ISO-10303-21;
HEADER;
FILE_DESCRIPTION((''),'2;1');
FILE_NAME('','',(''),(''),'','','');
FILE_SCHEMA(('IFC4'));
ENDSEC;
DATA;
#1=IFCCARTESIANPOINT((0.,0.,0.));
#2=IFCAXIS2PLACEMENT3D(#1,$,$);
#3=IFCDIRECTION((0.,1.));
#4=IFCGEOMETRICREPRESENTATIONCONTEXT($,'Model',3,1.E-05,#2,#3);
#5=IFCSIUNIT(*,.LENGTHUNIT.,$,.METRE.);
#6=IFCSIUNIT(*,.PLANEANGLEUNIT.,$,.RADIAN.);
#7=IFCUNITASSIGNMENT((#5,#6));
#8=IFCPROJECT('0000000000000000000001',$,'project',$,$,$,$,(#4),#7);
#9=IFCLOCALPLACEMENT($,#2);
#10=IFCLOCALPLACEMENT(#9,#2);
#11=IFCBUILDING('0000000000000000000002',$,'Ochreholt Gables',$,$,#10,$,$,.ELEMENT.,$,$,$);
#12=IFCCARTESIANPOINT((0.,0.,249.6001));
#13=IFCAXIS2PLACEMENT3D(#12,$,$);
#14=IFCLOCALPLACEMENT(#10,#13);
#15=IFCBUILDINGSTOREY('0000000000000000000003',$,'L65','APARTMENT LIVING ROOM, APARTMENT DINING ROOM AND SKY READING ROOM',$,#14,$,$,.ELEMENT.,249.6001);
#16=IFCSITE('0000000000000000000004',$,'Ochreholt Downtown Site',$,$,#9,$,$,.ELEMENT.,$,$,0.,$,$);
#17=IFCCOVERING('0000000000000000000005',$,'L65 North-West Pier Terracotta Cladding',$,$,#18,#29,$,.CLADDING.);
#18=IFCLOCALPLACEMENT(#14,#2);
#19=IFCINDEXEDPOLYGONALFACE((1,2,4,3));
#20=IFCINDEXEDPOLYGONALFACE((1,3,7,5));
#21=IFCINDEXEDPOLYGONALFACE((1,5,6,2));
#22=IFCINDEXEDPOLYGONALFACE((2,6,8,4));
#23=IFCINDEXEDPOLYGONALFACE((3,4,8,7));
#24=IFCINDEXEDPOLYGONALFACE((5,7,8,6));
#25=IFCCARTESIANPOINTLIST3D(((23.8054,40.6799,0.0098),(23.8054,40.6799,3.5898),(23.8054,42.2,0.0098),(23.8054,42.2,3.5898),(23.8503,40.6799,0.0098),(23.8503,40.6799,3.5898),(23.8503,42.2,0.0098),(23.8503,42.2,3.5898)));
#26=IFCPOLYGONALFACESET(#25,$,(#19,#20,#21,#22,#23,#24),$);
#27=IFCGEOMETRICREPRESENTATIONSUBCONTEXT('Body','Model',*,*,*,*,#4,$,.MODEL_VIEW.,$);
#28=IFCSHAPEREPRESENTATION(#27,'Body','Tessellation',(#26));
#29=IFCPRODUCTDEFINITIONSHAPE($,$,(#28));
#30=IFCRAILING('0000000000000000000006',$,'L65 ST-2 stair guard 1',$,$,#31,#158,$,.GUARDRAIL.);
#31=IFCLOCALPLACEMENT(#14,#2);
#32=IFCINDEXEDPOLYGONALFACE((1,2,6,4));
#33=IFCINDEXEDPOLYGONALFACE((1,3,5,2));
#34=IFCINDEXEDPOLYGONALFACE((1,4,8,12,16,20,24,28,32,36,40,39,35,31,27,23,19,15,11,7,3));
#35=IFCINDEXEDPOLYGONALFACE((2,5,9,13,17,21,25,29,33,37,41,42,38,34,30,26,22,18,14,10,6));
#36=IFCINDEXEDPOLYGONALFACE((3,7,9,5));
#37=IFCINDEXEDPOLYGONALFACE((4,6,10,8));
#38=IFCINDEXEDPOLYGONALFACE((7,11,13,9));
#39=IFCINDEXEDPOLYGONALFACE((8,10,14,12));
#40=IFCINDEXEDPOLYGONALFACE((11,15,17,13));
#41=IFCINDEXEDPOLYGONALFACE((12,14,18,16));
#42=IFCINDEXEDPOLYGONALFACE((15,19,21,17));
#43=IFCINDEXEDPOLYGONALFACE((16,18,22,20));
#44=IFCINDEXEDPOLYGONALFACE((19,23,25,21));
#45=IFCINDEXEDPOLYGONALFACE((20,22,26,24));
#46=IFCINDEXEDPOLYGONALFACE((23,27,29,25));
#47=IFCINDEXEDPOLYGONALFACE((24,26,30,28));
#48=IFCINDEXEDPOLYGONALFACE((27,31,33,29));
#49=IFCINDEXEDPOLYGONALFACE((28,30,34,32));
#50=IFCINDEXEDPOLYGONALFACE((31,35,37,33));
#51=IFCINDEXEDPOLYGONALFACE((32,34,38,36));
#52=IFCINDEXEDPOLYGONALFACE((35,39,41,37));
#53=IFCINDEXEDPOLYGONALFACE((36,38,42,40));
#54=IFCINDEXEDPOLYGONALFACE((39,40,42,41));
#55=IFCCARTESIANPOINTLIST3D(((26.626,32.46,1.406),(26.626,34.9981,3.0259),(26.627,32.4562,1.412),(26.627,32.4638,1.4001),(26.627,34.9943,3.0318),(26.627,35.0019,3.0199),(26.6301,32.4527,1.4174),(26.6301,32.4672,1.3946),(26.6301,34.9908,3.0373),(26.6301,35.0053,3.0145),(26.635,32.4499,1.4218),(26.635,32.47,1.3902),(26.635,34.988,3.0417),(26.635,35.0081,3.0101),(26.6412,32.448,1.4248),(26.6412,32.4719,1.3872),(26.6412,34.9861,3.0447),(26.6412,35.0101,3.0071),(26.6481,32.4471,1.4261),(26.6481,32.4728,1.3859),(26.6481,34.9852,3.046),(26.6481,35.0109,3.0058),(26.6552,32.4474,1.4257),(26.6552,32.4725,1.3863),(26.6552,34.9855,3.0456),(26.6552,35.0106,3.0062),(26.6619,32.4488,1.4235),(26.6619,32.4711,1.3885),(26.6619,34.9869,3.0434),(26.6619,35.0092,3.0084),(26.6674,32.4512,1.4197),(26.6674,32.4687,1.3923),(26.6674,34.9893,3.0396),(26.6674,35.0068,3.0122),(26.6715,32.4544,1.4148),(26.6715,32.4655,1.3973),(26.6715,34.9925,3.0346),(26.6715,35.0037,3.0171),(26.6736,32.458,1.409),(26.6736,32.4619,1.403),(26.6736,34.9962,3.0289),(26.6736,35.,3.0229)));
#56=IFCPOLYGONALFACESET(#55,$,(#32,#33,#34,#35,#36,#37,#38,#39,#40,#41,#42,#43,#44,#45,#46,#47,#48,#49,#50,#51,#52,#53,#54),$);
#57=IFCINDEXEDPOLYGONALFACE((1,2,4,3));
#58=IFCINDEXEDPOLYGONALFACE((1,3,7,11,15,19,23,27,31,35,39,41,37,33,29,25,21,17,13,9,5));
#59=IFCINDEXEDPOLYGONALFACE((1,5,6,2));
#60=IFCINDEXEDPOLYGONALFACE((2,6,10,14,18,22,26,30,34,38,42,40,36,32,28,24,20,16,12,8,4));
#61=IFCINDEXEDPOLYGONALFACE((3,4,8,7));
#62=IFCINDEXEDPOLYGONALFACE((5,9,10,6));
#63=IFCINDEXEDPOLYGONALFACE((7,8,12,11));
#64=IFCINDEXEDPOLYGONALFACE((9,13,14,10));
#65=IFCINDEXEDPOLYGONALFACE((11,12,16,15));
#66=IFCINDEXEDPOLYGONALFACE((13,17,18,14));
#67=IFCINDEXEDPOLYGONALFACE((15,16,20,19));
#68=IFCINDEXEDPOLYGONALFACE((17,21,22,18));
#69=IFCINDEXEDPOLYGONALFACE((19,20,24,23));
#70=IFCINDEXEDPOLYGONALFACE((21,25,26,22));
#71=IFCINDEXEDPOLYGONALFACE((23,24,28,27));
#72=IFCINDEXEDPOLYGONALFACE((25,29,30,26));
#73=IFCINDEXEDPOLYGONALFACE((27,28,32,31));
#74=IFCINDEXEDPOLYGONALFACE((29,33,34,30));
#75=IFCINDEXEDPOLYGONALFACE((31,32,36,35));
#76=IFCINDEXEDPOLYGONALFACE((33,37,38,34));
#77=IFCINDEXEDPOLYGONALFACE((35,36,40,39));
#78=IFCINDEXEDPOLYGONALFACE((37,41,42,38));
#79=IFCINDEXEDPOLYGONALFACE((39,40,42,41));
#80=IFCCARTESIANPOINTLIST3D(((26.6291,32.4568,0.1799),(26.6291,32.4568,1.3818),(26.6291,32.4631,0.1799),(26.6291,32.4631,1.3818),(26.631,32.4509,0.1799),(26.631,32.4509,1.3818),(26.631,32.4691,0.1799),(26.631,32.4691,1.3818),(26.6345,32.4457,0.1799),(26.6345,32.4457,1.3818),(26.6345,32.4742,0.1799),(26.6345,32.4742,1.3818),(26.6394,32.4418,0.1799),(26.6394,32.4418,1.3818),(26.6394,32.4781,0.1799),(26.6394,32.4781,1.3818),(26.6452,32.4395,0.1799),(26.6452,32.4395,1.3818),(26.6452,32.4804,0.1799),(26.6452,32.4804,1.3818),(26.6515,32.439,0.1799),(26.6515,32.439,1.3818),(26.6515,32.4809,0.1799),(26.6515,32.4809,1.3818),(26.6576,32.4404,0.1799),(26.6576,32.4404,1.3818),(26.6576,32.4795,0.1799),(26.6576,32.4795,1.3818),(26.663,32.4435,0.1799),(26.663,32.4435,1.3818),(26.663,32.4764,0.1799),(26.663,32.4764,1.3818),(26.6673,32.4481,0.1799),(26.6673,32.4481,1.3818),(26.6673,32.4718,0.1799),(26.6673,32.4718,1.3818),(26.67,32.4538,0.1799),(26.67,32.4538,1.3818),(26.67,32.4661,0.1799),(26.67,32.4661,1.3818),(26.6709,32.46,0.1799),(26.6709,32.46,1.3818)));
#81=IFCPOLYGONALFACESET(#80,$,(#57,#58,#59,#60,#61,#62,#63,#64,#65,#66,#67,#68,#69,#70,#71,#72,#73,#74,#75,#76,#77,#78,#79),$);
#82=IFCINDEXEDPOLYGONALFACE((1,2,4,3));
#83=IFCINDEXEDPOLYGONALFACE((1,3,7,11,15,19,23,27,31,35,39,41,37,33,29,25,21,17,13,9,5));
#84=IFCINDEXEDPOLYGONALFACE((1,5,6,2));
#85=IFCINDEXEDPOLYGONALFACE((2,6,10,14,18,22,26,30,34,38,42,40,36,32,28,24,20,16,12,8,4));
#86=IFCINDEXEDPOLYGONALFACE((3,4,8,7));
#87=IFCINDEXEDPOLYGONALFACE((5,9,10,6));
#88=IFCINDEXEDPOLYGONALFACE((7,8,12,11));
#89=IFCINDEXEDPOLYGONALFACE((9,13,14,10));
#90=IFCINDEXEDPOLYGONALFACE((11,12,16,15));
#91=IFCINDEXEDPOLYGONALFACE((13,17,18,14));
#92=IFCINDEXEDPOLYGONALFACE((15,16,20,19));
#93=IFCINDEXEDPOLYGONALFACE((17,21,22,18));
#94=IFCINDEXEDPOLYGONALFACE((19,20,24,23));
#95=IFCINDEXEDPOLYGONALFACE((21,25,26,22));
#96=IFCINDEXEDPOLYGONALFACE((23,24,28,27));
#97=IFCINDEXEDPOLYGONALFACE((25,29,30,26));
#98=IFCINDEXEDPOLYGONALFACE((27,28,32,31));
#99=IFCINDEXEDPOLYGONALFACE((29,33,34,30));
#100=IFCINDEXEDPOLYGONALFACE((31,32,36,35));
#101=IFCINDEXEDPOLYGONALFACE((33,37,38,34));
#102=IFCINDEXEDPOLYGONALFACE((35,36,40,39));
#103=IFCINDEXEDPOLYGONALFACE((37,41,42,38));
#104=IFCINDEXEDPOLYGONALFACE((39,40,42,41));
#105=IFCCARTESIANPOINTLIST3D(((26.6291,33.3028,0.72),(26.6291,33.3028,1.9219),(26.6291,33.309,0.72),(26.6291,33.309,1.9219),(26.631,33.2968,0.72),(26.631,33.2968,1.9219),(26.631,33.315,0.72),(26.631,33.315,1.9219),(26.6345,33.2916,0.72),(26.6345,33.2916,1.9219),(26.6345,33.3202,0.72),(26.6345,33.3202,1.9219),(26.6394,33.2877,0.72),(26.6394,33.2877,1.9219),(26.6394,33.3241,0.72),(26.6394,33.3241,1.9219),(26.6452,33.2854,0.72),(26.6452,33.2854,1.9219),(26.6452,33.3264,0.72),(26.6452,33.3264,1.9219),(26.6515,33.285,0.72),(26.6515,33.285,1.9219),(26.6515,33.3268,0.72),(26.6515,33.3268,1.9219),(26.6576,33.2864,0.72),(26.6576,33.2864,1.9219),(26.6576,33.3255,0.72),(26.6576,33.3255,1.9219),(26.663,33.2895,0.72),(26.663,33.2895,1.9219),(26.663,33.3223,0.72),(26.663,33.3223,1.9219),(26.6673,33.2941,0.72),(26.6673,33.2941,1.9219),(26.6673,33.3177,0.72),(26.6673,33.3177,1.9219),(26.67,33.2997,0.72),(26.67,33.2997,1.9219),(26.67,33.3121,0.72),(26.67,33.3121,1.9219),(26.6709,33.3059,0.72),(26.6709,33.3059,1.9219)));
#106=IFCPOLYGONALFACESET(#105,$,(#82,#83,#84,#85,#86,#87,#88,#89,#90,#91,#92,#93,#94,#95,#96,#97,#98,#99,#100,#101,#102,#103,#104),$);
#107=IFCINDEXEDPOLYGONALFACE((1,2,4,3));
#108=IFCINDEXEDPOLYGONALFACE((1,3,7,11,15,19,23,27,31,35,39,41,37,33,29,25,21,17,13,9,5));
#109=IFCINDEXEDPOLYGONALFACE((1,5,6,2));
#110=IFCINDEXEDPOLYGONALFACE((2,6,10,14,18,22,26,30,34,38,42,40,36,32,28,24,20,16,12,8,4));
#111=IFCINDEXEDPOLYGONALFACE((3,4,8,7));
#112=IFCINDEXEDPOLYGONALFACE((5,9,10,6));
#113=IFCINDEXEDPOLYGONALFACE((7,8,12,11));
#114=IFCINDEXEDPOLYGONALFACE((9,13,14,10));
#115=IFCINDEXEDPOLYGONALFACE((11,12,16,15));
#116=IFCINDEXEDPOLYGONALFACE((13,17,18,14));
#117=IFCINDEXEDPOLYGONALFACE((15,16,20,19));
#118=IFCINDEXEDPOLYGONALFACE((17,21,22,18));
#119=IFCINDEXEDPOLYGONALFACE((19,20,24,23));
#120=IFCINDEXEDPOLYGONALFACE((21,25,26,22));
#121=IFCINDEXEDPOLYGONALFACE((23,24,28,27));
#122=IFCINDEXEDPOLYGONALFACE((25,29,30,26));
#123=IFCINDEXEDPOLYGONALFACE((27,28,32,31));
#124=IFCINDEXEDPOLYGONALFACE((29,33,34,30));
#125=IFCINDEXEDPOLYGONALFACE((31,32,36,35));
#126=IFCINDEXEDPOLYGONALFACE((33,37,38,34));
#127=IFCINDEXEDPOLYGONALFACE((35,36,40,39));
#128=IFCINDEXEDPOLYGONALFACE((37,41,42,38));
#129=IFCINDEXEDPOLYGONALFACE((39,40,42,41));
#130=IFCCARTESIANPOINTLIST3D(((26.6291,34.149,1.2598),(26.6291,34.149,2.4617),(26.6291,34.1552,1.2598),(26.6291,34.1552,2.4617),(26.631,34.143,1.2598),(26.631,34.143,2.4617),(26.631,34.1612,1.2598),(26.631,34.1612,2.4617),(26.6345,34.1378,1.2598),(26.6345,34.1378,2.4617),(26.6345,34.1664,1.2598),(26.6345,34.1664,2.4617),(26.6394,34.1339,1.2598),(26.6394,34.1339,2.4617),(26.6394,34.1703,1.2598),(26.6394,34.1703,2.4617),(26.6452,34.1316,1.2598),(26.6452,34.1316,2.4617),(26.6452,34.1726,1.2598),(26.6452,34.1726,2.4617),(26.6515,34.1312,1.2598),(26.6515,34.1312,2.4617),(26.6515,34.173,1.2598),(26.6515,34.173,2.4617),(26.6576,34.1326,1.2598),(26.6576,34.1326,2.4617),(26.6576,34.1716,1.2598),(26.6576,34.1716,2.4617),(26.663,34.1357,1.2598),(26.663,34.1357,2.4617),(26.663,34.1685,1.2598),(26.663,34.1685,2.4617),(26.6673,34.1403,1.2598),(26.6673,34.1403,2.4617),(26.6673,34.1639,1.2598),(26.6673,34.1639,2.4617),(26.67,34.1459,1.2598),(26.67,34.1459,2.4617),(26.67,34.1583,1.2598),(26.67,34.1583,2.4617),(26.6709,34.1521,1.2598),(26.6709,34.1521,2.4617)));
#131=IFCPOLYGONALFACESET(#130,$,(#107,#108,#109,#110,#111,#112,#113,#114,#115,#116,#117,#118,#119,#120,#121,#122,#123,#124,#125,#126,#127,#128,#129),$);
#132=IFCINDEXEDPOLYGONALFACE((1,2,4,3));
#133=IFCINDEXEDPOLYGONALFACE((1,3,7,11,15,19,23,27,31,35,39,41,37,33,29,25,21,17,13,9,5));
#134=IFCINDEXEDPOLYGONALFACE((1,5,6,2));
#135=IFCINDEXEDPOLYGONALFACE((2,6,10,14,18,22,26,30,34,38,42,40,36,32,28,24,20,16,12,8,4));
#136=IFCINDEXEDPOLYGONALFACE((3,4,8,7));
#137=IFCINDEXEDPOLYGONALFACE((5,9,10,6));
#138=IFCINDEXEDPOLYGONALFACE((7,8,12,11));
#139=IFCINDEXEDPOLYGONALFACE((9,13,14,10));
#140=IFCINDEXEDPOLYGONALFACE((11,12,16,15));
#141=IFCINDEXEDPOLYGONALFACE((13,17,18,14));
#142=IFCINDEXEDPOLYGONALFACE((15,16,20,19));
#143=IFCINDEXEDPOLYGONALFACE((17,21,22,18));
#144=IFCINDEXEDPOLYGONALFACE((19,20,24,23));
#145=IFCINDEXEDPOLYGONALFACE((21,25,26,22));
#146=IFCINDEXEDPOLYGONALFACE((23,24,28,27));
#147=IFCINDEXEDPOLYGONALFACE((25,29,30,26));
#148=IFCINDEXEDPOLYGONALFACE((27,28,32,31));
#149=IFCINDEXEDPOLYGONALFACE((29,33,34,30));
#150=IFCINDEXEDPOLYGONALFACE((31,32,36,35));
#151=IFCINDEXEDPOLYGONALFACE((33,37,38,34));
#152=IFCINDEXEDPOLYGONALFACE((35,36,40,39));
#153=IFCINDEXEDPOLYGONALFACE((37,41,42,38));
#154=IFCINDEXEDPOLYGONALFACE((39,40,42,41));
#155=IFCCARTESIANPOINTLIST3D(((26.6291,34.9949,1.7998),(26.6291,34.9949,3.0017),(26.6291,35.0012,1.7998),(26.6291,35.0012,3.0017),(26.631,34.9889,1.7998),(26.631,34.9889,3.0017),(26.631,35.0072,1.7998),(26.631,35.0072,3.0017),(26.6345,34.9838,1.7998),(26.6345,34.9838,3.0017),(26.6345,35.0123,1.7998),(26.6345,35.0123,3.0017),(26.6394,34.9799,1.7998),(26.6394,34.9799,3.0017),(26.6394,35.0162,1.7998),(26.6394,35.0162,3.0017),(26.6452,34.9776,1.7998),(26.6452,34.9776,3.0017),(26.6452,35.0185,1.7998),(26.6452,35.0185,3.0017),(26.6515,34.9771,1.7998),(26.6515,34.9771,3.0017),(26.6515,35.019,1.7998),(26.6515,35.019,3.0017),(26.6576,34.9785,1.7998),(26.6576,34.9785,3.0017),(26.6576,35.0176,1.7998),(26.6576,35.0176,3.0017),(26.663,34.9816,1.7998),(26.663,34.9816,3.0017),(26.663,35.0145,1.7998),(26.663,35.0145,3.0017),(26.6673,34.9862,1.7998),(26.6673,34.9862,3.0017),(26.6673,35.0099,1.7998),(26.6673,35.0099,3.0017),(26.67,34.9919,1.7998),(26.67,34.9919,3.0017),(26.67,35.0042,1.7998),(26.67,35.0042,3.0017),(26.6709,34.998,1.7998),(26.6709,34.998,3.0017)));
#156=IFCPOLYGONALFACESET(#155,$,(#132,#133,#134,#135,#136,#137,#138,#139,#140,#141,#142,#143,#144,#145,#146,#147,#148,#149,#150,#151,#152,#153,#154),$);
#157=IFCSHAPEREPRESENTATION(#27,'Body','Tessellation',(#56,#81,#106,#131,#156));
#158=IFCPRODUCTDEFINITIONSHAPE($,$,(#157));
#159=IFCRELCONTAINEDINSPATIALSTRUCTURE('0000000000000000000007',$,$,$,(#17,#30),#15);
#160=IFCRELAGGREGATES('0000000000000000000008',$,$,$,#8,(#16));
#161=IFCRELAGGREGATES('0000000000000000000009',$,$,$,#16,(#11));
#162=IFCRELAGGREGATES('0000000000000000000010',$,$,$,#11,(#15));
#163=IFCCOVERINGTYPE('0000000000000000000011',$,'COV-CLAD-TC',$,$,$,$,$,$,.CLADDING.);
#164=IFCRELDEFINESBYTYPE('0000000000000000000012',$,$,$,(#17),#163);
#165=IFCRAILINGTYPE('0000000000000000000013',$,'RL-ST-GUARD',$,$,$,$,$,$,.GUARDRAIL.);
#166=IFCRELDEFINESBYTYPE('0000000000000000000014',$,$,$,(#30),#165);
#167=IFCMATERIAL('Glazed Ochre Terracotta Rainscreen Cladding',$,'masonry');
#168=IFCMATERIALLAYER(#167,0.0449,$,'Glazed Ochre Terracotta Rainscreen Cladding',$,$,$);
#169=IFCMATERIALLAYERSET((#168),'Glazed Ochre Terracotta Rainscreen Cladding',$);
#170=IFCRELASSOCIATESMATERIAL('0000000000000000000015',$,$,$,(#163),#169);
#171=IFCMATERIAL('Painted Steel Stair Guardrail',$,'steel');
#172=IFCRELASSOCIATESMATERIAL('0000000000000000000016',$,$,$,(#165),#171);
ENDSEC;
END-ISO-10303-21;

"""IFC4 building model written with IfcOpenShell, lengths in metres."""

from ifc_helpers import new_model, si_unit, direction, frame, origin, origin_2d, place, context, subcontext, project, spatial, rectangle, circle, extrude, material, layer, layer_set, type_object, element, save


model = new_model("IFC4")

# Units and contexts
model_context = context("Model", 3, precision=1e-05, world=origin(), true_north=direction((0.0, 1.0)))
body_context = subcontext(model_context, "Body", "Model", "MODEL_VIEW")
ifc_project = project(units=[si_unit("LENGTHUNIT", "METRE"), si_unit("PLANEANGLEUNIT", "RADIAN")], contexts=[model_context])

# Site, building, storey
site_placement = place(None, origin())
site = spatial("IfcSite", under=ifc_project, at=site_placement, Name="Ochreholt Downtown Site", CompositionType="ELEMENT", RefElevation=0.0)
building_placement = place(site_placement, origin())
building = spatial("IfcBuilding", under=site, at=building_placement, Name="Ochreholt Gables", CompositionType="ELEMENT")
storey_placement = place(building_placement, frame((0.0, 0.0, 249.6001)))
storey = spatial("IfcBuildingStorey", under=building, at=storey_placement, Name="L65", Description="APARTMENT LIVING ROOM, APARTMENT DINING ROOM AND SKY READING ROOM", CompositionType="ELEMENT", Elevation=249.6001)

# Covering
ifc_material_1 = material(Name="Glazed Ochre Terracotta Rainscreen Cladding", Category="masonry")
ifc_layer_1 = layer(ifc_material_1, 0.0449, Name="Glazed Ochre Terracotta Rainscreen Cladding")
ifc_layer_set_1 = layer_set([ifc_layer_1], Name="Glazed Ochre Terracotta Rainscreen Cladding")
covering_type = type_object("IfcCoveringType", Name="COV-CLAD-TC", PredefinedType="CLADDING", material=ifc_layer_set_1)
covering_placement = place(storey_placement, frame((23.8279, 41.4399, 0.0098), z_axis=(0.0, 0.0, 1.0), x_axis=(0.0, 1.0, 0.0)))
element("IfcCovering", 1, at=covering_placement, inside=storey, type_object=covering_type, Name="L65 North-West Pier Terracotta Cladding", PredefinedType="CLADDING", context=body_context, shape_type="SweptSolid", body=[
    extrude(rectangle(XDim=1.52, YDim=0.0449, at=origin_2d()), origin(), (0.0, 0.0, 1.0), 3.5801),
])

# Railing
ifc_material_2 = material(Name="Painted Steel Stair Guardrail", Category="steel")
railing_type_1 = type_object("IfcRailingType", Name="RL-ST-GUARD", PredefinedType="GUARDRAIL", material=ifc_material_2)
railing_1_placement = place(storey_placement, frame((26.6499, 32.46, 0.1799)))
element("IfcRailing", 2, at=railing_1_placement, inside=storey, type_object=railing_type_1, Name="L65 ST-2 stair guard 1", PredefinedType="GUARDRAIL", context=body_context, shape_type="SweptSolid", body=[
    extrude(circle(Radius=0.0239, at=origin_2d()), frame((0.0, 0.0, 1.2261), z_axis=(0.0, 0.84295, 0.537993), x_axis=(-1.0, 0.0, 0.0)), (0.0, 0.0, 1.0), 3.011),
    extrude(circle(Radius=0.021, at=origin_2d()), origin(), (0.0, 0.0, 1.0), 1.2019),
    extrude(circle(Radius=0.021, at=origin_2d()), frame((0.0, 0.8459, 0.54)), (0.0, 0.0, 1.0), 1.2019),
    extrude(circle(Radius=0.021, at=origin_2d()), frame((0.0, 1.6921, 1.0798)), (0.0, 0.0, 1.0), 1.2019),
    extrude(circle(Radius=0.021, at=origin_2d()), frame((0.0, 2.5381, 1.6199)), (0.0, 0.0, 1.0), 1.2019),
])

save(model, "model.ifc")
